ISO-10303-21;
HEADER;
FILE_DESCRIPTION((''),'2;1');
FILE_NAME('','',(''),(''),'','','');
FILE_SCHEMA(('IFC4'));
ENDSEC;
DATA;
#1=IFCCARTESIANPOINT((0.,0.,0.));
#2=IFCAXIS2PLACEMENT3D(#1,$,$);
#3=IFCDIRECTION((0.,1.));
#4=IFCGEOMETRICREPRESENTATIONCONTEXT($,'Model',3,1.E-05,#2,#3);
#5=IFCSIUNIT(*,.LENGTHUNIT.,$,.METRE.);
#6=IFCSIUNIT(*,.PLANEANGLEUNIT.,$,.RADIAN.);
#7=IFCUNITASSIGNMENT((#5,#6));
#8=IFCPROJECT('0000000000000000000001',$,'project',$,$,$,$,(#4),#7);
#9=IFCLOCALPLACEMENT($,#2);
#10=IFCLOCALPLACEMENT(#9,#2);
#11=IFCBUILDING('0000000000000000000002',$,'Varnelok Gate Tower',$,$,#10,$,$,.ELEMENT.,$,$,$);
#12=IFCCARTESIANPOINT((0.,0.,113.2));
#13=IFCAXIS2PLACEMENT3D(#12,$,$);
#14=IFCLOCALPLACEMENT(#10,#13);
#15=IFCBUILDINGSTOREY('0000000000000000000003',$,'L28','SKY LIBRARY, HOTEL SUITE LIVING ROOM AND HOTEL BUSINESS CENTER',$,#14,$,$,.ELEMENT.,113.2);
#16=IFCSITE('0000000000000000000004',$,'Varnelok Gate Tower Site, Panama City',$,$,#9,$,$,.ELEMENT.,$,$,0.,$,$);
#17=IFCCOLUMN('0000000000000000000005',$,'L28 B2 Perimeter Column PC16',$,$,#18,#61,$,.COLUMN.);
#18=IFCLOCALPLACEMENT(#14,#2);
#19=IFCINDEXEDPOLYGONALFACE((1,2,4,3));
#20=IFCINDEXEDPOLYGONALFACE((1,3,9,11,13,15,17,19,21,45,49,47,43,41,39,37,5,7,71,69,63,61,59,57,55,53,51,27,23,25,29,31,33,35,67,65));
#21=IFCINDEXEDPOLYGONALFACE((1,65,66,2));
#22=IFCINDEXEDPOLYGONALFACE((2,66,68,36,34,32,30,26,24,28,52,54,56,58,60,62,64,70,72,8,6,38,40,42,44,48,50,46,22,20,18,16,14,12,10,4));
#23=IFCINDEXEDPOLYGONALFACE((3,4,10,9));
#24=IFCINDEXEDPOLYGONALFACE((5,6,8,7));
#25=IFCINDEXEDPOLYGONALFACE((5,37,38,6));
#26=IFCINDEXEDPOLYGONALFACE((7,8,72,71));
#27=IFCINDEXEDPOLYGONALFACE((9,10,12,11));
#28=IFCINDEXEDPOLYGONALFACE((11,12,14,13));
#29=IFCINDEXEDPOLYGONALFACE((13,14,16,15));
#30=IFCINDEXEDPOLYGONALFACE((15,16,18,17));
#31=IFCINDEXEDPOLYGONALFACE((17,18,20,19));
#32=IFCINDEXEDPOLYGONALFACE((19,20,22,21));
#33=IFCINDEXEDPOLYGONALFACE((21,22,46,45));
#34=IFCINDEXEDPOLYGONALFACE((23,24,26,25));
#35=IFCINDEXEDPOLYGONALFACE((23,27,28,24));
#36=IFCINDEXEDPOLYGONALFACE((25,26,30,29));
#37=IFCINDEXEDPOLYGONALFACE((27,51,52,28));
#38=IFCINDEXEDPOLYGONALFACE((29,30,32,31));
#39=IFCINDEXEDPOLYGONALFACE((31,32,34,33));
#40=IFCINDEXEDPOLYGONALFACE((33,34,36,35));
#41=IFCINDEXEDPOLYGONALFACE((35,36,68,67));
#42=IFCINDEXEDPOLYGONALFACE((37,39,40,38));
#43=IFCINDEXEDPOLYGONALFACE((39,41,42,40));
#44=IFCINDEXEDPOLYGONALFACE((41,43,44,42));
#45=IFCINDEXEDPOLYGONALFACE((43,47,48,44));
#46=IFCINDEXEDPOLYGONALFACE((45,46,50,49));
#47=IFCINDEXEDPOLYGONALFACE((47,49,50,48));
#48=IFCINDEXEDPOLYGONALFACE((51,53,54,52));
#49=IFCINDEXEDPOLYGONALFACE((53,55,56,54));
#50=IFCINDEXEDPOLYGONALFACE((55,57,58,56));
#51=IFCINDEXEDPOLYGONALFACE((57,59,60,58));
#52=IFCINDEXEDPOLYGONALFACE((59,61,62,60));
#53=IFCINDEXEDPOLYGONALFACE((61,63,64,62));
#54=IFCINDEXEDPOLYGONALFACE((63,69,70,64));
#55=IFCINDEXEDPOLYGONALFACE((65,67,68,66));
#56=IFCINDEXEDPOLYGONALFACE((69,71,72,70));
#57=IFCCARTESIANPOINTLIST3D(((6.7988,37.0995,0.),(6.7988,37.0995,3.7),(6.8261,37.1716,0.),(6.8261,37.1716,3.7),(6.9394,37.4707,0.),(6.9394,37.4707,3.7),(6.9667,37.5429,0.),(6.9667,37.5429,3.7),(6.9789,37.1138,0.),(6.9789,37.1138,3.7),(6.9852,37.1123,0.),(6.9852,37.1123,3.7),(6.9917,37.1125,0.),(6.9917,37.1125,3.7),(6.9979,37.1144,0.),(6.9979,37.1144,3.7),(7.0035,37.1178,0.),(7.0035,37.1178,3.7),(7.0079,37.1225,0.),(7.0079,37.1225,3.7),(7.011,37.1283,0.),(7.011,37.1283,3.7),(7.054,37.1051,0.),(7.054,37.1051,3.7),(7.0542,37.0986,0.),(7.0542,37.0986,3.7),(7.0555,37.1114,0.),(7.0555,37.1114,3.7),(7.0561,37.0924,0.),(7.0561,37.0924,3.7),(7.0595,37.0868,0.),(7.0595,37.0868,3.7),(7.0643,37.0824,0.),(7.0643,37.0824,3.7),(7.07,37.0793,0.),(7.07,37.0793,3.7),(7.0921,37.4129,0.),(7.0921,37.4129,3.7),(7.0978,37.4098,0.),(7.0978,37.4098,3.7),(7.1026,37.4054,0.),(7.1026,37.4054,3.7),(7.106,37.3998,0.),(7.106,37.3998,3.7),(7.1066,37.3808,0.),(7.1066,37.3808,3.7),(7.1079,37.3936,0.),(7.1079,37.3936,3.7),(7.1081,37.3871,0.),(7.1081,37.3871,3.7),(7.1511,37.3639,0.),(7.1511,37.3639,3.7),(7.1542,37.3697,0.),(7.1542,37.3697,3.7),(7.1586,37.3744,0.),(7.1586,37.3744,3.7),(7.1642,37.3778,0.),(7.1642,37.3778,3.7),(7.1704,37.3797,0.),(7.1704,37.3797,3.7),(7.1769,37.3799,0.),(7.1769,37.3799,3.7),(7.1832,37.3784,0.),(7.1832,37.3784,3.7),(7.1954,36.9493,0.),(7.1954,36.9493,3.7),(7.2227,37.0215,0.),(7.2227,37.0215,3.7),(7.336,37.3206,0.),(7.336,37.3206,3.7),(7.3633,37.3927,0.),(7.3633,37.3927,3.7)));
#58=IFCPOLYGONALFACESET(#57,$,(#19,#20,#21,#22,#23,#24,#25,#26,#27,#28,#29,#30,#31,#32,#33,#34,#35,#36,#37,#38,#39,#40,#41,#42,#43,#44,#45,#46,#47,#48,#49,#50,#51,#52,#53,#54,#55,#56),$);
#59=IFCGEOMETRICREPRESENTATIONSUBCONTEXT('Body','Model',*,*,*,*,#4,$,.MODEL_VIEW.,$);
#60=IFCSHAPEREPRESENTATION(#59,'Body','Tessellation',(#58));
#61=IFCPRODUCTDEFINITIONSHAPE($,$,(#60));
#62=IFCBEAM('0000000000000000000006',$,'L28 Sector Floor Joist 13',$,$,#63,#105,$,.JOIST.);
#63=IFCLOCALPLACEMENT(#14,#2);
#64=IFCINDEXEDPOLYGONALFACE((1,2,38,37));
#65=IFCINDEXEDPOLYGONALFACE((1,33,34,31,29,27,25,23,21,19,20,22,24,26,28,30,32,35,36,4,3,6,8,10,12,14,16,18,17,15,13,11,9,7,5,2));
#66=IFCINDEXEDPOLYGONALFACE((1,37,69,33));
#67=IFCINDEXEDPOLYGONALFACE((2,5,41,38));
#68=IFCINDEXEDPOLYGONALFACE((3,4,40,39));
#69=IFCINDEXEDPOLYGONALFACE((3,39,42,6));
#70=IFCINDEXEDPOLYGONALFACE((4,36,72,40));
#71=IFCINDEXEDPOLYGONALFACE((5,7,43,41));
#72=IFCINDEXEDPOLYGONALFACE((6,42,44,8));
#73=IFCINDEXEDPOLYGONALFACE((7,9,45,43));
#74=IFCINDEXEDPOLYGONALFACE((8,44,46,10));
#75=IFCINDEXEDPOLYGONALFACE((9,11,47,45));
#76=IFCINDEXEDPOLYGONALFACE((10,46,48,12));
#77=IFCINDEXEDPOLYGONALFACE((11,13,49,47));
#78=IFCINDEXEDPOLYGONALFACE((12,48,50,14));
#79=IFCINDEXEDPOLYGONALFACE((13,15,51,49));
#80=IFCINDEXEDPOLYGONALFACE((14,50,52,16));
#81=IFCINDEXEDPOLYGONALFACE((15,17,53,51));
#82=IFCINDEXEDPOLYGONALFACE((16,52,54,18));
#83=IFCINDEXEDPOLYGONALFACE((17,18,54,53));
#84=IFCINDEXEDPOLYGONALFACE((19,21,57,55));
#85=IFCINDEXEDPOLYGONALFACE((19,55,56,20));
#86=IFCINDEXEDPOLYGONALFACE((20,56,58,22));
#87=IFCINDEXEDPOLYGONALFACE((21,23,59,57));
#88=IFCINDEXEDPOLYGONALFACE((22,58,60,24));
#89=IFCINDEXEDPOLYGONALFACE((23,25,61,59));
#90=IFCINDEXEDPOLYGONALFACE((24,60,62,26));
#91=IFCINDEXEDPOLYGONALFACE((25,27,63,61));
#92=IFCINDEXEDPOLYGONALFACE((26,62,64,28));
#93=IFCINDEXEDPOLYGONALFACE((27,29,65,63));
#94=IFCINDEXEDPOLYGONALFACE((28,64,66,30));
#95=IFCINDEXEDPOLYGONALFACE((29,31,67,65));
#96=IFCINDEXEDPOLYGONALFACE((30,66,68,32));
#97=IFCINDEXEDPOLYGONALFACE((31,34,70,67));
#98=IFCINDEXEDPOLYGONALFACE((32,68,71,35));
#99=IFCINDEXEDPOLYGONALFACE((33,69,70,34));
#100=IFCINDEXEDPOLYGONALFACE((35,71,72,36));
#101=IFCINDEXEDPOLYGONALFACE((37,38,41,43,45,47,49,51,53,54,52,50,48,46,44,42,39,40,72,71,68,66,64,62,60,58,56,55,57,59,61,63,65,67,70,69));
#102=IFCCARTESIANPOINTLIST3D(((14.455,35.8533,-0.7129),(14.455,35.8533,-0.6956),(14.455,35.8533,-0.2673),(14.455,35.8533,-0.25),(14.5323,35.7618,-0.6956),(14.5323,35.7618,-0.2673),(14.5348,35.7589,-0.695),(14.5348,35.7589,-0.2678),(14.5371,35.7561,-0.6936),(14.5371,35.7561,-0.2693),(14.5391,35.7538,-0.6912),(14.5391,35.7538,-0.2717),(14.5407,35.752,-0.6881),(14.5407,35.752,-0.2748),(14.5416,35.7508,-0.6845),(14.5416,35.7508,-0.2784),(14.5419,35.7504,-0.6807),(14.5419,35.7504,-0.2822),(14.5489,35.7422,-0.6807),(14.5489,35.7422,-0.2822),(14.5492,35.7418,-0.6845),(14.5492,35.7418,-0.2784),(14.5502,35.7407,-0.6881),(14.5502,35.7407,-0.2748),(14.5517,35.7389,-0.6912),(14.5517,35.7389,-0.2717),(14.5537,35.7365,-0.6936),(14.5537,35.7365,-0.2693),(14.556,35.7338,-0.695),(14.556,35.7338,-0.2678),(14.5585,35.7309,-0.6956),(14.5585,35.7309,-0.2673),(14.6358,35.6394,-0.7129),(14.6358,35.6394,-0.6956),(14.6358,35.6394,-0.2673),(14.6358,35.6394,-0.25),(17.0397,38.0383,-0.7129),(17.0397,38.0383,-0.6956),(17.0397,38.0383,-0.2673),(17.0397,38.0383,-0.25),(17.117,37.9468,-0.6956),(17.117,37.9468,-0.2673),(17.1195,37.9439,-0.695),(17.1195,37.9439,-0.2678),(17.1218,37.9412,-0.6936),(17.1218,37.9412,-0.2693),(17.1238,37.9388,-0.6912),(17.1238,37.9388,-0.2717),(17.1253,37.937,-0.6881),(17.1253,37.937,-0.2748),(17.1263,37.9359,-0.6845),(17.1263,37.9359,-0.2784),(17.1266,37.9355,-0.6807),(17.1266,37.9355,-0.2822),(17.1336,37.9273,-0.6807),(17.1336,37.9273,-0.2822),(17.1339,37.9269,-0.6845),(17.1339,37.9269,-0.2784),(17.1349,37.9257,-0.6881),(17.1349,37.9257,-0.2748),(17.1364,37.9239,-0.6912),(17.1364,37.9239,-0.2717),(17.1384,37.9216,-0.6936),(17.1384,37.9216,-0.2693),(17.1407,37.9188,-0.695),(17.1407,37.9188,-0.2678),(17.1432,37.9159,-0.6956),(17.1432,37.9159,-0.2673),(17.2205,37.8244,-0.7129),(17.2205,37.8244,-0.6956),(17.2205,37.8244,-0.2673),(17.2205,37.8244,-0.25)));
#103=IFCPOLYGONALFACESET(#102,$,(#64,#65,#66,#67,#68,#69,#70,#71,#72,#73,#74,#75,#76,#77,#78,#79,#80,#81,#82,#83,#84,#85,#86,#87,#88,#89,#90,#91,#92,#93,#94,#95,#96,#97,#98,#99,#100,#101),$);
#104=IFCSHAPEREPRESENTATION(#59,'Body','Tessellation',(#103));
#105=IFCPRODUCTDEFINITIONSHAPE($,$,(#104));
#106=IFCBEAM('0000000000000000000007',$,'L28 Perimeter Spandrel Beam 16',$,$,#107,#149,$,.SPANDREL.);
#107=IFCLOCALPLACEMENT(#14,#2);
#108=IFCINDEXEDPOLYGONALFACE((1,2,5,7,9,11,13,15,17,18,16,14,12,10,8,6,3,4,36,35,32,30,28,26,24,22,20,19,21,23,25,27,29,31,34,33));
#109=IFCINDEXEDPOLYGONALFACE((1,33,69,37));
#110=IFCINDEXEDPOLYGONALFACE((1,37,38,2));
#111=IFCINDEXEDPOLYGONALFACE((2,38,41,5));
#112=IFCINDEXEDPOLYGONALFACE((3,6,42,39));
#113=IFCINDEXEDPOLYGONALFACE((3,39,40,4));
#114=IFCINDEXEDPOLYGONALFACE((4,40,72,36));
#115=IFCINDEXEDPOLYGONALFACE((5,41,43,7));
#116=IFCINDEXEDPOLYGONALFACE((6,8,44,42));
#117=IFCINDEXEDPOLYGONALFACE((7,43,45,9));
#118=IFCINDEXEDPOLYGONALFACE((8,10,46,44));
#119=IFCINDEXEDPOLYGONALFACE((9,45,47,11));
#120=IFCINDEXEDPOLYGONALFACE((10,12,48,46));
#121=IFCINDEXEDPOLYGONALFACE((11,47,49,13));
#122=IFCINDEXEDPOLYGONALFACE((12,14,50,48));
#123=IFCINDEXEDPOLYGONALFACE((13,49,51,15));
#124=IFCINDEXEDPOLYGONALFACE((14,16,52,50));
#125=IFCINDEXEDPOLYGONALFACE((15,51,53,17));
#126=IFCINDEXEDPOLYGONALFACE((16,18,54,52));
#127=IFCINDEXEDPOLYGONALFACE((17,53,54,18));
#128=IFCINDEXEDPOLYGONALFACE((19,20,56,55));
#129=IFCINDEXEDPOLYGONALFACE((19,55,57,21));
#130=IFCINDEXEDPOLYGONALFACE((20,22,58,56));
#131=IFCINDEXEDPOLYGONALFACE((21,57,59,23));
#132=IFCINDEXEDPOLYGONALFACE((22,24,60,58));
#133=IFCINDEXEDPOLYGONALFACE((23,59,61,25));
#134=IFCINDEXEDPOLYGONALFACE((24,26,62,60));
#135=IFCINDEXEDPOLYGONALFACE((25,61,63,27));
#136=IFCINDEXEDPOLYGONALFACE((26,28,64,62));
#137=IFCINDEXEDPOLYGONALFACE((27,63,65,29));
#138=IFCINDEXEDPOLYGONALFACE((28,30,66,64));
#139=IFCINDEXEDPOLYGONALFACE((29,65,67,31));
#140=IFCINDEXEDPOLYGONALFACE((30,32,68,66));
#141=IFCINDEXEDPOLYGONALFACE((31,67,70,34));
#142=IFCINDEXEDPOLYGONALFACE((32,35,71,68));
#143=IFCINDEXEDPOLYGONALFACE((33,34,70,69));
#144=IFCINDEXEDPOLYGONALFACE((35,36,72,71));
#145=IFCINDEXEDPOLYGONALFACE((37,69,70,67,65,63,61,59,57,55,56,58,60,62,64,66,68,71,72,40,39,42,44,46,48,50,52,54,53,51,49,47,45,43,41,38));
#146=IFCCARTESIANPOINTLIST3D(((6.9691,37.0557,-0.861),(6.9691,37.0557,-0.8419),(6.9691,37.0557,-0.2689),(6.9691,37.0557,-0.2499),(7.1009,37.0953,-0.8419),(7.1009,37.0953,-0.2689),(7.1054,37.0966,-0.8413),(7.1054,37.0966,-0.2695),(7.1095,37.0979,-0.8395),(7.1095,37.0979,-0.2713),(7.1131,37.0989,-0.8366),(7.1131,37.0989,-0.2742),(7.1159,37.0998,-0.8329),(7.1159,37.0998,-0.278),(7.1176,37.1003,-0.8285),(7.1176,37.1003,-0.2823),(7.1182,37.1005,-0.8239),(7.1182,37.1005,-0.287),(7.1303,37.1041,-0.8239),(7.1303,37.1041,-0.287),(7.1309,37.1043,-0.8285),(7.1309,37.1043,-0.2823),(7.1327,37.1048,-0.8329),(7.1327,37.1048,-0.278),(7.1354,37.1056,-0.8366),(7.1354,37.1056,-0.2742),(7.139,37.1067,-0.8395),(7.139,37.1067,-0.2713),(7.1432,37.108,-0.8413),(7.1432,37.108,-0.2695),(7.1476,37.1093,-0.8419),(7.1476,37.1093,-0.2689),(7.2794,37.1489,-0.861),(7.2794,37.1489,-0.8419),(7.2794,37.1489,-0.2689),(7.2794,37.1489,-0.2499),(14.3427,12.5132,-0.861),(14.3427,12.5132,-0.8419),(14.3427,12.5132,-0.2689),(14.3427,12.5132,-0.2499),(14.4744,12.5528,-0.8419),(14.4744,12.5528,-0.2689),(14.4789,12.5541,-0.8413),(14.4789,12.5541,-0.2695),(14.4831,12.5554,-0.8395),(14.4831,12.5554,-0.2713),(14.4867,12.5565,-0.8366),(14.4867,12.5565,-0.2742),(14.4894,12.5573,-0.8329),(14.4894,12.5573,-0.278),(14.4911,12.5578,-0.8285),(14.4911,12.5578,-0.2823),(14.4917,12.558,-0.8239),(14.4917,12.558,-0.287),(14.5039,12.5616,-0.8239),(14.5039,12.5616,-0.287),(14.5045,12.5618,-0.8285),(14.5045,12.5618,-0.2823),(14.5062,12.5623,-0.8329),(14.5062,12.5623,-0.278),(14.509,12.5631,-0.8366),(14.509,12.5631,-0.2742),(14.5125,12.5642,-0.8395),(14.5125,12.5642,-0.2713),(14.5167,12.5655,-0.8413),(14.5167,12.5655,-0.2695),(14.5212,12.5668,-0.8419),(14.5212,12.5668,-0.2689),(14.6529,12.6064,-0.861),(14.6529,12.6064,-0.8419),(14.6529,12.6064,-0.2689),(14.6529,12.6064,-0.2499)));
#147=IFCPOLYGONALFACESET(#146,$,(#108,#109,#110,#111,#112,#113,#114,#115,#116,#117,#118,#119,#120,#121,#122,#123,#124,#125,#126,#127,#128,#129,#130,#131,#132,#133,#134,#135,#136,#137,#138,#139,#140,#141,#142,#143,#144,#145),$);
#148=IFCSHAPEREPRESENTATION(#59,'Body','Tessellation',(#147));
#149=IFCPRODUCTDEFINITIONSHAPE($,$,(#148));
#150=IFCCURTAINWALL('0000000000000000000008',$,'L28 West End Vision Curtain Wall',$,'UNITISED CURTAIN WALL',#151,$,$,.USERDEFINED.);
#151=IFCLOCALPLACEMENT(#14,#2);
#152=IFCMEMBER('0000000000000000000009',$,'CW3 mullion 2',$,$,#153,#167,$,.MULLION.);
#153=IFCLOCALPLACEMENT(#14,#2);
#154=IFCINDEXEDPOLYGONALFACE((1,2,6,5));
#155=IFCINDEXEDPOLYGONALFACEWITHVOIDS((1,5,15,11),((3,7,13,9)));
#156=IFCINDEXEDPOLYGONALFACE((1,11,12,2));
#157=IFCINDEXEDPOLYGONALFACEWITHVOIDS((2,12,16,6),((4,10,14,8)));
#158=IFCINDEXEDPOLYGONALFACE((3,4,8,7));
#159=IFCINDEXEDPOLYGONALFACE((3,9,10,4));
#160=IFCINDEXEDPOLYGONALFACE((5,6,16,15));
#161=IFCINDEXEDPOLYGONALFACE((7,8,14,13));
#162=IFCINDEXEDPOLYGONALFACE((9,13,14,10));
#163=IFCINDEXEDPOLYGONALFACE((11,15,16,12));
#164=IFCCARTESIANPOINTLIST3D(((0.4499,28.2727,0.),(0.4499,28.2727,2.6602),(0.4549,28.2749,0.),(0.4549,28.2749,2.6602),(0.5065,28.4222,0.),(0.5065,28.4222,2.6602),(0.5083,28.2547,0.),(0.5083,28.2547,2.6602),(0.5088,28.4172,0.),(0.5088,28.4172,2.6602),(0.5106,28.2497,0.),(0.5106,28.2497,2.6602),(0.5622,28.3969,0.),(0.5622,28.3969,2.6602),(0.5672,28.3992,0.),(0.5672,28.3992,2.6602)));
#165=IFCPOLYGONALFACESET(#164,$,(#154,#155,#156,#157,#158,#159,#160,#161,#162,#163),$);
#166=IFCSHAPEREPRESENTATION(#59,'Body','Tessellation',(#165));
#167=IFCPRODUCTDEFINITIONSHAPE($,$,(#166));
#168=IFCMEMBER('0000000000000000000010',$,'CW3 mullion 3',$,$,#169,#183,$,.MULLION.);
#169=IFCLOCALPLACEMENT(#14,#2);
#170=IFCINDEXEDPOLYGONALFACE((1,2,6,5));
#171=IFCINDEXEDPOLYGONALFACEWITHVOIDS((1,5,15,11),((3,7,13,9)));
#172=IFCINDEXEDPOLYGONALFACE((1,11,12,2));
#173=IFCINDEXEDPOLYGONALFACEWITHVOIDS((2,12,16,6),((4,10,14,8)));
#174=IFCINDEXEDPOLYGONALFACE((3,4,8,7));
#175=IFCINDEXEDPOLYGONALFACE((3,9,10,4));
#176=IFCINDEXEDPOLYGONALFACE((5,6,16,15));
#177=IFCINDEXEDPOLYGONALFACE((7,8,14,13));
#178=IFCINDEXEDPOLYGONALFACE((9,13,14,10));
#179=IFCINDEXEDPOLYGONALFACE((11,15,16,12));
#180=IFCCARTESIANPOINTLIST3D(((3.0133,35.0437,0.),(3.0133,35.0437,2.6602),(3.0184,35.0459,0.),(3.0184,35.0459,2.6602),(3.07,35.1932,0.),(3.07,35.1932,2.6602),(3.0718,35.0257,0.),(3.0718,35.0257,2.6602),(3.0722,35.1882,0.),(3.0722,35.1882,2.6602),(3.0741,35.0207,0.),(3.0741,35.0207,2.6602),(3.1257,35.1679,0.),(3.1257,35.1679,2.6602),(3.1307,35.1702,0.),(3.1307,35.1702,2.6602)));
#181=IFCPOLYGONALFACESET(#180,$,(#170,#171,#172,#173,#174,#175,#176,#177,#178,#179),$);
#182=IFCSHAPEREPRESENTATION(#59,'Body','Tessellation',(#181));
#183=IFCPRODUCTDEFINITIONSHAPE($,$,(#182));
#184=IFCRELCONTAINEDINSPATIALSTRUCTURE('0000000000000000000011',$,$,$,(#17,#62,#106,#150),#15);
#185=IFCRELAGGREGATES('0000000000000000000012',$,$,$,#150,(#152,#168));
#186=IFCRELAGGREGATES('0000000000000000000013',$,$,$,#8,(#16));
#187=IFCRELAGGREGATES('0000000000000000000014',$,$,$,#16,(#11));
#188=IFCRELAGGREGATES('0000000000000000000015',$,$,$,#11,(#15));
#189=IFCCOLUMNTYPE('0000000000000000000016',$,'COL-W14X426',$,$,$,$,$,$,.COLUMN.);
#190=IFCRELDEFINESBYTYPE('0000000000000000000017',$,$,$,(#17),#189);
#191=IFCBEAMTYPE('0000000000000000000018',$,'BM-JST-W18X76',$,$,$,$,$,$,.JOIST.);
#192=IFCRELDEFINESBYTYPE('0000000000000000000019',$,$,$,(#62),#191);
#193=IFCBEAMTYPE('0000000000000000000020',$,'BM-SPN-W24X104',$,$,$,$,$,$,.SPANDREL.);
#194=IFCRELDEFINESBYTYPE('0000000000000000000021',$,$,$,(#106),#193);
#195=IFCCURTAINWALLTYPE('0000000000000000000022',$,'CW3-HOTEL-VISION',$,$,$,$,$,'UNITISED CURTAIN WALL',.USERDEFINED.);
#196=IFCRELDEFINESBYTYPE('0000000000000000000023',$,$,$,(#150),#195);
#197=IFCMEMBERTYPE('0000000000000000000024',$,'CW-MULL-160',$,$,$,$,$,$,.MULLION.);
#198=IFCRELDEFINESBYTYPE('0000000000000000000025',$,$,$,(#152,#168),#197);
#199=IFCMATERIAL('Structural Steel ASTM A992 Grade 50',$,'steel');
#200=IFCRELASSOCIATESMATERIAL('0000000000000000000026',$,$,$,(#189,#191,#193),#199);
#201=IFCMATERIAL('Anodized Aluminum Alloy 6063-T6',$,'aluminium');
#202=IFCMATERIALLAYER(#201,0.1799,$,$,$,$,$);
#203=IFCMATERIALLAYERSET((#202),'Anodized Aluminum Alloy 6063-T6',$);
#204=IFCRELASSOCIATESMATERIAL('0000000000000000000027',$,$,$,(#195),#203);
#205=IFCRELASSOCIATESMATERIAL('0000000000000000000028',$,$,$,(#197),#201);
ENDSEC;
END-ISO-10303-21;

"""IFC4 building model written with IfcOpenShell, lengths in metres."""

from ifc_helpers import new_model, si_unit, direction, frame, origin, origin_2d, place, context, subcontext, project, spatial, hollow_rectangle, i_section, extrude, material, layer, layer_set, material_profile, profile_set, type_object, element, aggregate, save


model = new_model("IFC4")

# Units and contexts
model_context = context("Model", 3, precision=1e-05, world=origin(), true_north=direction((0.0, 1.0)))
body_context = subcontext(model_context, "Body", "Model", "MODEL_VIEW")
ifc_project = project(units=[si_unit("LENGTHUNIT", "METRE"), si_unit("PLANEANGLEUNIT", "RADIAN")], contexts=[model_context])

# Site, building, storey
site_placement = place(None, origin())
site = spatial("IfcSite", under=ifc_project, at=site_placement, Name="Varnelok Gate Tower Site, Panama City", CompositionType="ELEMENT", RefElevation=0.0)
building_placement = place(site_placement, origin())
building = spatial("IfcBuilding", under=site, at=building_placement, Name="Varnelok Gate Tower", CompositionType="ELEMENT")
storey_placement = place(building_placement, frame((0.0, 0.0, 113.2)))
storey = spatial("IfcBuildingStorey", under=building, at=storey_placement, Name="L28", Description="SKY LIBRARY, HOTEL SUITE LIVING ROOM AND HOTEL BUSINESS CENTER", CompositionType="ELEMENT", Elevation=113.2)

# Column
ifc_material_1 = material(Name="Structural Steel ASTM A992 Grade 50", Category="steel")
ifc_material_profile_1 = material_profile(ifc_material_1, i_section(OverallWidth=0.4241, OverallDepth=0.4741, WebThickness=0.0476, FlangeThickness=0.0771, FilletRadius=0.0249, at=origin_2d()), Name="W14X426")
ifc_profile_set_1 = profile_set([ifc_material_profile_1], Name="Structural Steel ASTM A992 Grade 50")
column_type = type_object("IfcColumnType", Name="COL-W14X426", PredefinedType="COLUMN", material=ifc_profile_set_1)
column_placement = place(storey_placement, frame((7.0811, 37.2461, 0.0), z_axis=(0.0, 0.0, 1.0), x_axis=(0.935222, -0.354063, 0.0)))
element("IfcColumn", 1, at=column_placement, inside=storey, type_object=column_type, Name="L28 B2 Perimeter Column PC16", PredefinedType="COLUMN", context=body_context, shape_type="SweptSolid", body=[
    extrude(i_section(OverallWidth=0.4241, OverallDepth=0.4741, WebThickness=0.0476, FlangeThickness=0.0771, FilletRadius=0.0249, at=origin_2d()), origin(), (0.0, 0.0, 1.0), 3.7),
])

# Beams
ifc_material_profile_2 = material_profile(ifc_material_1, i_section(OverallWidth=0.28, OverallDepth=0.4629, WebThickness=0.0107, FlangeThickness=0.0173, FilletRadius=0.0149, at=origin_2d()), Name="W18X76")
ifc_profile_set_2 = profile_set([ifc_material_profile_2], Name="Structural Steel ASTM A992 Grade 50")
beam_type_1 = type_object("IfcBeamType", Name="BM-JST-W18X76", PredefinedType="JOIST", material=ifc_profile_set_2)
beam_1_placement = place(storey_placement, frame((14.5454, 35.7463, -0.4814), z_axis=(0.763679, 0.645596, 0.0), x_axis=(-0.645596, 0.763679, 0.0)))
element("IfcBeam", 2, at=beam_1_placement, inside=storey, type_object=beam_type_1, Name="L28 Sector Floor Joist 13", PredefinedType="JOIST", context=body_context, shape_type="SweptSolid", body=[
    extrude(i_section(OverallWidth=0.28, OverallDepth=0.4629, WebThickness=0.0107, FlangeThickness=0.0173, FilletRadius=0.0149, at=origin_2d()), origin(), (0.0, 0.0, 1.0), 3.3845),
])
ifc_material_profile_3 = material_profile(ifc_material_1, i_section(OverallWidth=0.324, OverallDepth=0.6111, WebThickness=0.0127, FlangeThickness=0.019, FilletRadius=0.0181, at=origin_2d()), Name="W24X104")
ifc_profile_set_3 = profile_set([ifc_material_profile_3], Name="Structural Steel ASTM A992 Grade 50")
beam_type_2 = type_object("IfcBeamType", Name="BM-SPN-W24X104", PredefinedType="SPANDREL", material=ifc_profile_set_3)
beam_2_placement = place(storey_placement, frame((7.1243, 37.1023, -0.5554), z_axis=(0.287734, -0.95771, 0.0), x_axis=(0.95771, 0.287734, 0.0)))
element("IfcBeam", 3, at=beam_2_placement, inside=storey, type_object=beam_type_2, Name="L28 Perimeter Spandrel Beam 16", PredefinedType="SPANDREL", context=body_context, shape_type="SweptSolid", body=[
    extrude(i_section(OverallWidth=0.324, OverallDepth=0.6111, WebThickness=0.0127, FlangeThickness=0.019, FilletRadius=0.0181, at=origin_2d()), origin(), (0.0, 0.0, 1.0), 25.6262),
])

# Curtain wall, members
ifc_material_2 = material(Name="Anodized Aluminum Alloy 6063-T6", Category="aluminium")
ifc_layer_1 = layer(ifc_material_2, 0.1799)
ifc_layer_set_1 = layer_set([ifc_layer_1], Name="Anodized Aluminum Alloy 6063-T6")
curtain_wall_type = type_object("IfcCurtainWallType", Name="CW3-HOTEL-VISION", ElementType="UNITISED CURTAIN WALL", PredefinedType="USERDEFINED", material=ifc_layer_set_1)
curtain_wall_placement = place(storey_placement, origin())
curtain_wall = element("IfcCurtainWall", 4, at=curtain_wall_placement, inside=storey, type_object=curtain_wall_type, Name="L28 West End Vision Curtain Wall", ObjectType="UNITISED CURTAIN WALL", PredefinedType="USERDEFINED")
ifc_material_profile_4 = material_profile(ifc_material_2, hollow_rectangle(XDim=0.0649, YDim=0.1599, WallThickness=0.0039, at=origin_2d()), Name="ALU160X65X4")
ifc_profile_set_4 = profile_set([ifc_material_profile_4], Name="Anodized Aluminum Alloy 6063-T6")
member_type_1 = type_object("IfcMemberType", Name="CW-MULL-160", PredefinedType="MULLION", material=ifc_profile_set_4)
member_1_placement = place(storey_placement, frame((0.5085, 28.3359, 0.0), z_axis=(0.0, 0.0, 1.0), x_axis=(-0.935221, 0.354064, 0.0)))
member_1 = element("IfcMember", 5, at=member_1_placement, type_object=member_type_1, Name="CW3 mullion 2", PredefinedType="MULLION", context=body_context, shape_type="SweptSolid", body=[
    extrude(hollow_rectangle(XDim=0.0649, YDim=0.1599, WallThickness=0.0039, at=origin_2d()), origin(), (0.0, 0.0, 1.0), 2.6602),
])
member_2_placement = place(storey_placement, frame((3.072, 35.1069, 0.0), z_axis=(0.0, 0.0, 1.0), x_axis=(-0.935221, 0.354064, 0.0)))
member_2 = element("IfcMember", 6, at=member_2_placement, type_object=member_type_1, Name="CW3 mullion 3", PredefinedType="MULLION", context=body_context, shape_type="SweptSolid", body=[
    extrude(hollow_rectangle(XDim=0.0649, YDim=0.1599, WallThickness=0.0039, at=origin_2d()), origin(), (0.0, 0.0, 1.0), 2.6602),
])
aggregate(curtain_wall, [member_1, member_2])

save(model, "model.ifc")
